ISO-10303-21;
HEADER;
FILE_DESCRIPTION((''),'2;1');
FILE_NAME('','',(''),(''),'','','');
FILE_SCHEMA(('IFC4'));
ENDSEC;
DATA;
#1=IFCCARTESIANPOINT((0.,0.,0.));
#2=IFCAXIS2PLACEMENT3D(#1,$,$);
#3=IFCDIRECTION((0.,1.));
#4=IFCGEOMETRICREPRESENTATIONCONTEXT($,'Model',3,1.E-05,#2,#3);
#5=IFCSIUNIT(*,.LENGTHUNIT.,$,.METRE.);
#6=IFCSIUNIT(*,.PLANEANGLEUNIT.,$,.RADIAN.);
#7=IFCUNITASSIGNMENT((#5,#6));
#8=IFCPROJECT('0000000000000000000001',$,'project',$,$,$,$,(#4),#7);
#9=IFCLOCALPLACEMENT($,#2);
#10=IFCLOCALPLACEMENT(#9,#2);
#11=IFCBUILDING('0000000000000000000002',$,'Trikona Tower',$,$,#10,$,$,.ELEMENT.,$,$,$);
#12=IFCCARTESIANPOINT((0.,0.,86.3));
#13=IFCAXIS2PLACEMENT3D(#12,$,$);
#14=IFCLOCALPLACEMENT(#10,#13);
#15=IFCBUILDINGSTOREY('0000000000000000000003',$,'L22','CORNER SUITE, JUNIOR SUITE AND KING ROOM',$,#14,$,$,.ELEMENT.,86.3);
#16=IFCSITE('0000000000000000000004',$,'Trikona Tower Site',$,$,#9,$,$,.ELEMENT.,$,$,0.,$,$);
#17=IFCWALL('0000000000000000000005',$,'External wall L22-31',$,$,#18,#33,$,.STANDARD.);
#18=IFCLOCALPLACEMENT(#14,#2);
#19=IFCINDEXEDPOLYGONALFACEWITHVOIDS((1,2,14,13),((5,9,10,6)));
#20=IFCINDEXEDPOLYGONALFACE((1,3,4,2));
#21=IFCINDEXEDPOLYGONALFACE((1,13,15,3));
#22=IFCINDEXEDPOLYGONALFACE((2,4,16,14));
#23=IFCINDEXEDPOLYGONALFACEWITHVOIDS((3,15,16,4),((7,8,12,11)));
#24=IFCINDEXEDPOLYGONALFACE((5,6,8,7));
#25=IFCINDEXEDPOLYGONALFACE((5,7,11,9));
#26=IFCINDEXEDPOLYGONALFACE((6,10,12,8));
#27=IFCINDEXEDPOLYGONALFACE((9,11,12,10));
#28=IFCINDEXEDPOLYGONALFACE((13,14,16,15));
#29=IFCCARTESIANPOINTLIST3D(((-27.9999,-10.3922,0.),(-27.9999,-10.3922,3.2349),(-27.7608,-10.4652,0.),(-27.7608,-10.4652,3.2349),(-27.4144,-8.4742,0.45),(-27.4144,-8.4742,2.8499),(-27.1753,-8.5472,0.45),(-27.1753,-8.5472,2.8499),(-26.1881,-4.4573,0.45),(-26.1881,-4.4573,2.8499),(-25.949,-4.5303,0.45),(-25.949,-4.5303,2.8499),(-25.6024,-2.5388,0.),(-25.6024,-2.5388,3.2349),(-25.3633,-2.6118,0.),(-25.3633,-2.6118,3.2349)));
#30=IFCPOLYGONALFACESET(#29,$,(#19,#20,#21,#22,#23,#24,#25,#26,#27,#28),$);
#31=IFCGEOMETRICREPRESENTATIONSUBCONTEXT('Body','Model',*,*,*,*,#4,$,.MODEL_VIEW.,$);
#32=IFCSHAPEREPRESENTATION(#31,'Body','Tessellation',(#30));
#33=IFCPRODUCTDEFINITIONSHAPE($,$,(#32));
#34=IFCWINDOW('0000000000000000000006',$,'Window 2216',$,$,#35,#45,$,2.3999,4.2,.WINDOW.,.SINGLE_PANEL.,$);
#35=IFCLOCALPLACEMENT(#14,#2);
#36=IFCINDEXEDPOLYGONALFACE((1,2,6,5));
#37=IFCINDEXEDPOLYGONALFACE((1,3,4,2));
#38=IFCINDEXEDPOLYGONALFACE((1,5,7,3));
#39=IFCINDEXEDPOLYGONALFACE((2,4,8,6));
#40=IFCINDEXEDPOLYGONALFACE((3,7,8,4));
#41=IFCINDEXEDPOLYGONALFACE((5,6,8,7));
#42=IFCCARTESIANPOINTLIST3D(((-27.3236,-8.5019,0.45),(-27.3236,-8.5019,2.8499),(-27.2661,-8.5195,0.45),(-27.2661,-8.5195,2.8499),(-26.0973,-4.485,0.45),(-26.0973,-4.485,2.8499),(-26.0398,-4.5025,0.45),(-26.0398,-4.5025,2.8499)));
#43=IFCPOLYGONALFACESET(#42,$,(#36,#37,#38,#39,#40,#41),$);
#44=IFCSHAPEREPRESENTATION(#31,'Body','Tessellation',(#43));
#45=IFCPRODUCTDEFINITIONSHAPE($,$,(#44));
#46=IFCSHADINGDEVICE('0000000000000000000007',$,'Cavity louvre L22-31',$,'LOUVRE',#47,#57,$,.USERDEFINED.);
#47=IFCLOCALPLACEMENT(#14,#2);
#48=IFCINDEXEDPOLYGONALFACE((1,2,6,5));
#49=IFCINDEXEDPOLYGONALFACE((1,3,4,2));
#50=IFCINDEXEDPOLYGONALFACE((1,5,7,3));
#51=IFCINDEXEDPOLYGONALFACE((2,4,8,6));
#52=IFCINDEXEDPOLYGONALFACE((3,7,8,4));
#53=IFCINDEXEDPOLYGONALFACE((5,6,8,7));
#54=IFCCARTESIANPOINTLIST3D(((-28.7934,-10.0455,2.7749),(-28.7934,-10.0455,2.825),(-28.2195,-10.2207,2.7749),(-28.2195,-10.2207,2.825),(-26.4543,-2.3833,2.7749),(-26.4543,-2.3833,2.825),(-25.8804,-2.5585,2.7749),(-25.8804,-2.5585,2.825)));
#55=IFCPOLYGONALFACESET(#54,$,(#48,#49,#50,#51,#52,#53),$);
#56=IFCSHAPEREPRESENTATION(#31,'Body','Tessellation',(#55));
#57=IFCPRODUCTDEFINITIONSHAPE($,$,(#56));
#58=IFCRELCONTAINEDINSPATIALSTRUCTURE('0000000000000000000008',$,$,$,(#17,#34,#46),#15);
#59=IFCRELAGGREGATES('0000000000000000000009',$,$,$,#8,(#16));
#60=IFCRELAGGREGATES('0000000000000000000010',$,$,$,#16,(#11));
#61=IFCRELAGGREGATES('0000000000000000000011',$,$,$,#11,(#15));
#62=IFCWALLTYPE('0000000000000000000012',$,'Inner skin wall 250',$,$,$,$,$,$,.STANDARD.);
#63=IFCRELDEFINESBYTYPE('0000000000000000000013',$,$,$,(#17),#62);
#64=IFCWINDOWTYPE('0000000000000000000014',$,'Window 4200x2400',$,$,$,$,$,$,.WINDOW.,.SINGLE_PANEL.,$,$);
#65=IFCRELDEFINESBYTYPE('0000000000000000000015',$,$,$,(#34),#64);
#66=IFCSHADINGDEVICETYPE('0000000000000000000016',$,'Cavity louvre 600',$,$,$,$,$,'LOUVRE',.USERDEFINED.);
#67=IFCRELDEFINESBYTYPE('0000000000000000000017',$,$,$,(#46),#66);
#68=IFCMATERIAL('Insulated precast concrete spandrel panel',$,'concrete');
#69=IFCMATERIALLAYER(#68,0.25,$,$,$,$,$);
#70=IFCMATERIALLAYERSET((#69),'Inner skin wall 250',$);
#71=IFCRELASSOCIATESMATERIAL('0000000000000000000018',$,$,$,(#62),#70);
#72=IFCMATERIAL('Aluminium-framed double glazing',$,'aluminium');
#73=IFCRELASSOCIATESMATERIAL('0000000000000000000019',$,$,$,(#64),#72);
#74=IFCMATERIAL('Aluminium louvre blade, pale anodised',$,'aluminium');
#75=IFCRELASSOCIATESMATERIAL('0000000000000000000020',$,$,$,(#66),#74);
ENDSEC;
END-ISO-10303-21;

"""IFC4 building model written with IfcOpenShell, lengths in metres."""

from ifc_helpers import new_model, si_unit, direction, frame, frame_2d, origin, origin_2d, place, context, subcontext, project, spatial, rectangle, extrude, material, layer, layer_set, type_object, element, fill, save


model = new_model("IFC4")

# Units and contexts
model_context = context("Model", 3, precision=1e-05, world=origin(), true_north=direction((0.0, 1.0)))
body_context = subcontext(model_context, "Body", "Model", "MODEL_VIEW")
ifc_project = project(units=[si_unit("LENGTHUNIT", "METRE"), si_unit("PLANEANGLEUNIT", "RADIAN")], contexts=[model_context])

# Site, building, storey
site_placement = place(None, origin())
site = spatial("IfcSite", under=ifc_project, at=site_placement, Name="Trikona Tower Site", CompositionType="ELEMENT", RefElevation=0.0)
building_placement = place(site_placement, origin())
building = spatial("IfcBuilding", under=site, at=building_placement, Name="Trikona Tower", CompositionType="ELEMENT")
storey_placement = place(building_placement, frame((0.0, 0.0, 86.3)))
storey = spatial("IfcBuildingStorey", under=building, at=storey_placement, Name="L22", Description="CORNER SUITE, JUNIOR SUITE AND KING ROOM", CompositionType="ELEMENT", Elevation=86.3)

# Wall, opening, window
ifc_material_1 = material(Name="Insulated precast concrete spandrel panel", Category="concrete")
ifc_layer_1 = layer(ifc_material_1, 0.25)
ifc_layer_set_1 = layer_set([ifc_layer_1], Name="Inner skin wall 250")
wall_type_1 = type_object("IfcWallType", Name="Inner skin wall 250", PredefinedType="STANDARD", material=ifc_layer_set_1)
wall_1_placement = place(storey_placement, frame((-25.4829, -2.5754, 0.0), z_axis=(0.0, 0.0, 1.0), x_axis=(-0.291979, -0.956425, 0.0)))
wall_1 = element("IfcWall", 1, at=wall_1_placement, inside=storey, type_object=wall_type_1, Name="External wall L22-31", PredefinedType="STANDARD", context=body_context, shape_type="SweptSolid", body=[
    extrude(rectangle(XDim=8.2112, YDim=0.25, at=frame_2d((4.1055, 0.0))), origin(), (0.0, 0.0, 1.0), 3.2349),
])
opening_1_placement = place(wall_1_placement, frame((2.0056, 0.0, 0.45)))
opening_1 = element("IfcOpeningElement", 2, at=opening_1_placement, cuts=wall_1, PredefinedType="OPENING", context=body_context, shape_type="SweptSolid", body=[
    extrude(rectangle(XDim=4.2, YDim=2.3999, at=frame_2d((2.1001, 1.2))), frame((0.0, 0.135, 0.0), z_axis=(0.0, -1.0, 0.0), x_axis=(1.0, 0.0, 0.0)), (0.0, 0.0, 1.0), 0.27),
])
ifc_material_2 = material(Name="Aluminium-framed double glazing", Category="aluminium")
window_type_1 = type_object("IfcWindowType", Name="Window 4200x2400", PartitioningType="SINGLE_PANEL", PredefinedType="WINDOW", material=ifc_material_2)
window_1_placement = place(opening_1_placement, origin())
window_1 = element("IfcWindow", 3, at=window_1_placement, inside=storey, type_object=window_type_1, Name="Window 2216", OverallHeight=2.3999, OverallWidth=4.2, PartitioningType="SINGLE_PANEL", PredefinedType="WINDOW", context=body_context, shape_type="SweptSolid", body=[
    extrude(rectangle(XDim=4.2, YDim=2.3999, at=frame_2d((2.1001, 1.2))), frame((0.0, 0.03, 0.0), z_axis=(0.0, -1.0, 0.0), x_axis=(1.0, 0.0, 0.0)), (0.0, 0.0, 1.0), 0.0601),
])
fill(opening_1, window_1)

# Shading device
ifc_material_3 = material(Name="Aluminium louvre blade, pale anodised", Category="aluminium")
shading_device_type = type_object("IfcShadingDeviceType", Name="Cavity louvre 600", ElementType="LOUVRE", PredefinedType="USERDEFINED", material=ifc_material_3)
shading_device_placement = place(storey_placement, frame((-27.3369, -6.302, 2.7749), z_axis=(0.0, 0.0, 1.0), x_axis=(-0.291979, -0.956425, 0.0)))
element("IfcShadingDevice", 4, at=shading_device_placement, inside=storey, type_object=shading_device_type, Name="Cavity louvre L22-31", ObjectType="LOUVRE", PredefinedType="USERDEFINED", context=body_context, shape_type="SweptSolid", body=[
    extrude(rectangle(XDim=8.0112, YDim=0.6001, at=origin_2d()), origin(), (0.0, 0.0, 1.0), 0.05),
])

save(model, "model.ifc")
